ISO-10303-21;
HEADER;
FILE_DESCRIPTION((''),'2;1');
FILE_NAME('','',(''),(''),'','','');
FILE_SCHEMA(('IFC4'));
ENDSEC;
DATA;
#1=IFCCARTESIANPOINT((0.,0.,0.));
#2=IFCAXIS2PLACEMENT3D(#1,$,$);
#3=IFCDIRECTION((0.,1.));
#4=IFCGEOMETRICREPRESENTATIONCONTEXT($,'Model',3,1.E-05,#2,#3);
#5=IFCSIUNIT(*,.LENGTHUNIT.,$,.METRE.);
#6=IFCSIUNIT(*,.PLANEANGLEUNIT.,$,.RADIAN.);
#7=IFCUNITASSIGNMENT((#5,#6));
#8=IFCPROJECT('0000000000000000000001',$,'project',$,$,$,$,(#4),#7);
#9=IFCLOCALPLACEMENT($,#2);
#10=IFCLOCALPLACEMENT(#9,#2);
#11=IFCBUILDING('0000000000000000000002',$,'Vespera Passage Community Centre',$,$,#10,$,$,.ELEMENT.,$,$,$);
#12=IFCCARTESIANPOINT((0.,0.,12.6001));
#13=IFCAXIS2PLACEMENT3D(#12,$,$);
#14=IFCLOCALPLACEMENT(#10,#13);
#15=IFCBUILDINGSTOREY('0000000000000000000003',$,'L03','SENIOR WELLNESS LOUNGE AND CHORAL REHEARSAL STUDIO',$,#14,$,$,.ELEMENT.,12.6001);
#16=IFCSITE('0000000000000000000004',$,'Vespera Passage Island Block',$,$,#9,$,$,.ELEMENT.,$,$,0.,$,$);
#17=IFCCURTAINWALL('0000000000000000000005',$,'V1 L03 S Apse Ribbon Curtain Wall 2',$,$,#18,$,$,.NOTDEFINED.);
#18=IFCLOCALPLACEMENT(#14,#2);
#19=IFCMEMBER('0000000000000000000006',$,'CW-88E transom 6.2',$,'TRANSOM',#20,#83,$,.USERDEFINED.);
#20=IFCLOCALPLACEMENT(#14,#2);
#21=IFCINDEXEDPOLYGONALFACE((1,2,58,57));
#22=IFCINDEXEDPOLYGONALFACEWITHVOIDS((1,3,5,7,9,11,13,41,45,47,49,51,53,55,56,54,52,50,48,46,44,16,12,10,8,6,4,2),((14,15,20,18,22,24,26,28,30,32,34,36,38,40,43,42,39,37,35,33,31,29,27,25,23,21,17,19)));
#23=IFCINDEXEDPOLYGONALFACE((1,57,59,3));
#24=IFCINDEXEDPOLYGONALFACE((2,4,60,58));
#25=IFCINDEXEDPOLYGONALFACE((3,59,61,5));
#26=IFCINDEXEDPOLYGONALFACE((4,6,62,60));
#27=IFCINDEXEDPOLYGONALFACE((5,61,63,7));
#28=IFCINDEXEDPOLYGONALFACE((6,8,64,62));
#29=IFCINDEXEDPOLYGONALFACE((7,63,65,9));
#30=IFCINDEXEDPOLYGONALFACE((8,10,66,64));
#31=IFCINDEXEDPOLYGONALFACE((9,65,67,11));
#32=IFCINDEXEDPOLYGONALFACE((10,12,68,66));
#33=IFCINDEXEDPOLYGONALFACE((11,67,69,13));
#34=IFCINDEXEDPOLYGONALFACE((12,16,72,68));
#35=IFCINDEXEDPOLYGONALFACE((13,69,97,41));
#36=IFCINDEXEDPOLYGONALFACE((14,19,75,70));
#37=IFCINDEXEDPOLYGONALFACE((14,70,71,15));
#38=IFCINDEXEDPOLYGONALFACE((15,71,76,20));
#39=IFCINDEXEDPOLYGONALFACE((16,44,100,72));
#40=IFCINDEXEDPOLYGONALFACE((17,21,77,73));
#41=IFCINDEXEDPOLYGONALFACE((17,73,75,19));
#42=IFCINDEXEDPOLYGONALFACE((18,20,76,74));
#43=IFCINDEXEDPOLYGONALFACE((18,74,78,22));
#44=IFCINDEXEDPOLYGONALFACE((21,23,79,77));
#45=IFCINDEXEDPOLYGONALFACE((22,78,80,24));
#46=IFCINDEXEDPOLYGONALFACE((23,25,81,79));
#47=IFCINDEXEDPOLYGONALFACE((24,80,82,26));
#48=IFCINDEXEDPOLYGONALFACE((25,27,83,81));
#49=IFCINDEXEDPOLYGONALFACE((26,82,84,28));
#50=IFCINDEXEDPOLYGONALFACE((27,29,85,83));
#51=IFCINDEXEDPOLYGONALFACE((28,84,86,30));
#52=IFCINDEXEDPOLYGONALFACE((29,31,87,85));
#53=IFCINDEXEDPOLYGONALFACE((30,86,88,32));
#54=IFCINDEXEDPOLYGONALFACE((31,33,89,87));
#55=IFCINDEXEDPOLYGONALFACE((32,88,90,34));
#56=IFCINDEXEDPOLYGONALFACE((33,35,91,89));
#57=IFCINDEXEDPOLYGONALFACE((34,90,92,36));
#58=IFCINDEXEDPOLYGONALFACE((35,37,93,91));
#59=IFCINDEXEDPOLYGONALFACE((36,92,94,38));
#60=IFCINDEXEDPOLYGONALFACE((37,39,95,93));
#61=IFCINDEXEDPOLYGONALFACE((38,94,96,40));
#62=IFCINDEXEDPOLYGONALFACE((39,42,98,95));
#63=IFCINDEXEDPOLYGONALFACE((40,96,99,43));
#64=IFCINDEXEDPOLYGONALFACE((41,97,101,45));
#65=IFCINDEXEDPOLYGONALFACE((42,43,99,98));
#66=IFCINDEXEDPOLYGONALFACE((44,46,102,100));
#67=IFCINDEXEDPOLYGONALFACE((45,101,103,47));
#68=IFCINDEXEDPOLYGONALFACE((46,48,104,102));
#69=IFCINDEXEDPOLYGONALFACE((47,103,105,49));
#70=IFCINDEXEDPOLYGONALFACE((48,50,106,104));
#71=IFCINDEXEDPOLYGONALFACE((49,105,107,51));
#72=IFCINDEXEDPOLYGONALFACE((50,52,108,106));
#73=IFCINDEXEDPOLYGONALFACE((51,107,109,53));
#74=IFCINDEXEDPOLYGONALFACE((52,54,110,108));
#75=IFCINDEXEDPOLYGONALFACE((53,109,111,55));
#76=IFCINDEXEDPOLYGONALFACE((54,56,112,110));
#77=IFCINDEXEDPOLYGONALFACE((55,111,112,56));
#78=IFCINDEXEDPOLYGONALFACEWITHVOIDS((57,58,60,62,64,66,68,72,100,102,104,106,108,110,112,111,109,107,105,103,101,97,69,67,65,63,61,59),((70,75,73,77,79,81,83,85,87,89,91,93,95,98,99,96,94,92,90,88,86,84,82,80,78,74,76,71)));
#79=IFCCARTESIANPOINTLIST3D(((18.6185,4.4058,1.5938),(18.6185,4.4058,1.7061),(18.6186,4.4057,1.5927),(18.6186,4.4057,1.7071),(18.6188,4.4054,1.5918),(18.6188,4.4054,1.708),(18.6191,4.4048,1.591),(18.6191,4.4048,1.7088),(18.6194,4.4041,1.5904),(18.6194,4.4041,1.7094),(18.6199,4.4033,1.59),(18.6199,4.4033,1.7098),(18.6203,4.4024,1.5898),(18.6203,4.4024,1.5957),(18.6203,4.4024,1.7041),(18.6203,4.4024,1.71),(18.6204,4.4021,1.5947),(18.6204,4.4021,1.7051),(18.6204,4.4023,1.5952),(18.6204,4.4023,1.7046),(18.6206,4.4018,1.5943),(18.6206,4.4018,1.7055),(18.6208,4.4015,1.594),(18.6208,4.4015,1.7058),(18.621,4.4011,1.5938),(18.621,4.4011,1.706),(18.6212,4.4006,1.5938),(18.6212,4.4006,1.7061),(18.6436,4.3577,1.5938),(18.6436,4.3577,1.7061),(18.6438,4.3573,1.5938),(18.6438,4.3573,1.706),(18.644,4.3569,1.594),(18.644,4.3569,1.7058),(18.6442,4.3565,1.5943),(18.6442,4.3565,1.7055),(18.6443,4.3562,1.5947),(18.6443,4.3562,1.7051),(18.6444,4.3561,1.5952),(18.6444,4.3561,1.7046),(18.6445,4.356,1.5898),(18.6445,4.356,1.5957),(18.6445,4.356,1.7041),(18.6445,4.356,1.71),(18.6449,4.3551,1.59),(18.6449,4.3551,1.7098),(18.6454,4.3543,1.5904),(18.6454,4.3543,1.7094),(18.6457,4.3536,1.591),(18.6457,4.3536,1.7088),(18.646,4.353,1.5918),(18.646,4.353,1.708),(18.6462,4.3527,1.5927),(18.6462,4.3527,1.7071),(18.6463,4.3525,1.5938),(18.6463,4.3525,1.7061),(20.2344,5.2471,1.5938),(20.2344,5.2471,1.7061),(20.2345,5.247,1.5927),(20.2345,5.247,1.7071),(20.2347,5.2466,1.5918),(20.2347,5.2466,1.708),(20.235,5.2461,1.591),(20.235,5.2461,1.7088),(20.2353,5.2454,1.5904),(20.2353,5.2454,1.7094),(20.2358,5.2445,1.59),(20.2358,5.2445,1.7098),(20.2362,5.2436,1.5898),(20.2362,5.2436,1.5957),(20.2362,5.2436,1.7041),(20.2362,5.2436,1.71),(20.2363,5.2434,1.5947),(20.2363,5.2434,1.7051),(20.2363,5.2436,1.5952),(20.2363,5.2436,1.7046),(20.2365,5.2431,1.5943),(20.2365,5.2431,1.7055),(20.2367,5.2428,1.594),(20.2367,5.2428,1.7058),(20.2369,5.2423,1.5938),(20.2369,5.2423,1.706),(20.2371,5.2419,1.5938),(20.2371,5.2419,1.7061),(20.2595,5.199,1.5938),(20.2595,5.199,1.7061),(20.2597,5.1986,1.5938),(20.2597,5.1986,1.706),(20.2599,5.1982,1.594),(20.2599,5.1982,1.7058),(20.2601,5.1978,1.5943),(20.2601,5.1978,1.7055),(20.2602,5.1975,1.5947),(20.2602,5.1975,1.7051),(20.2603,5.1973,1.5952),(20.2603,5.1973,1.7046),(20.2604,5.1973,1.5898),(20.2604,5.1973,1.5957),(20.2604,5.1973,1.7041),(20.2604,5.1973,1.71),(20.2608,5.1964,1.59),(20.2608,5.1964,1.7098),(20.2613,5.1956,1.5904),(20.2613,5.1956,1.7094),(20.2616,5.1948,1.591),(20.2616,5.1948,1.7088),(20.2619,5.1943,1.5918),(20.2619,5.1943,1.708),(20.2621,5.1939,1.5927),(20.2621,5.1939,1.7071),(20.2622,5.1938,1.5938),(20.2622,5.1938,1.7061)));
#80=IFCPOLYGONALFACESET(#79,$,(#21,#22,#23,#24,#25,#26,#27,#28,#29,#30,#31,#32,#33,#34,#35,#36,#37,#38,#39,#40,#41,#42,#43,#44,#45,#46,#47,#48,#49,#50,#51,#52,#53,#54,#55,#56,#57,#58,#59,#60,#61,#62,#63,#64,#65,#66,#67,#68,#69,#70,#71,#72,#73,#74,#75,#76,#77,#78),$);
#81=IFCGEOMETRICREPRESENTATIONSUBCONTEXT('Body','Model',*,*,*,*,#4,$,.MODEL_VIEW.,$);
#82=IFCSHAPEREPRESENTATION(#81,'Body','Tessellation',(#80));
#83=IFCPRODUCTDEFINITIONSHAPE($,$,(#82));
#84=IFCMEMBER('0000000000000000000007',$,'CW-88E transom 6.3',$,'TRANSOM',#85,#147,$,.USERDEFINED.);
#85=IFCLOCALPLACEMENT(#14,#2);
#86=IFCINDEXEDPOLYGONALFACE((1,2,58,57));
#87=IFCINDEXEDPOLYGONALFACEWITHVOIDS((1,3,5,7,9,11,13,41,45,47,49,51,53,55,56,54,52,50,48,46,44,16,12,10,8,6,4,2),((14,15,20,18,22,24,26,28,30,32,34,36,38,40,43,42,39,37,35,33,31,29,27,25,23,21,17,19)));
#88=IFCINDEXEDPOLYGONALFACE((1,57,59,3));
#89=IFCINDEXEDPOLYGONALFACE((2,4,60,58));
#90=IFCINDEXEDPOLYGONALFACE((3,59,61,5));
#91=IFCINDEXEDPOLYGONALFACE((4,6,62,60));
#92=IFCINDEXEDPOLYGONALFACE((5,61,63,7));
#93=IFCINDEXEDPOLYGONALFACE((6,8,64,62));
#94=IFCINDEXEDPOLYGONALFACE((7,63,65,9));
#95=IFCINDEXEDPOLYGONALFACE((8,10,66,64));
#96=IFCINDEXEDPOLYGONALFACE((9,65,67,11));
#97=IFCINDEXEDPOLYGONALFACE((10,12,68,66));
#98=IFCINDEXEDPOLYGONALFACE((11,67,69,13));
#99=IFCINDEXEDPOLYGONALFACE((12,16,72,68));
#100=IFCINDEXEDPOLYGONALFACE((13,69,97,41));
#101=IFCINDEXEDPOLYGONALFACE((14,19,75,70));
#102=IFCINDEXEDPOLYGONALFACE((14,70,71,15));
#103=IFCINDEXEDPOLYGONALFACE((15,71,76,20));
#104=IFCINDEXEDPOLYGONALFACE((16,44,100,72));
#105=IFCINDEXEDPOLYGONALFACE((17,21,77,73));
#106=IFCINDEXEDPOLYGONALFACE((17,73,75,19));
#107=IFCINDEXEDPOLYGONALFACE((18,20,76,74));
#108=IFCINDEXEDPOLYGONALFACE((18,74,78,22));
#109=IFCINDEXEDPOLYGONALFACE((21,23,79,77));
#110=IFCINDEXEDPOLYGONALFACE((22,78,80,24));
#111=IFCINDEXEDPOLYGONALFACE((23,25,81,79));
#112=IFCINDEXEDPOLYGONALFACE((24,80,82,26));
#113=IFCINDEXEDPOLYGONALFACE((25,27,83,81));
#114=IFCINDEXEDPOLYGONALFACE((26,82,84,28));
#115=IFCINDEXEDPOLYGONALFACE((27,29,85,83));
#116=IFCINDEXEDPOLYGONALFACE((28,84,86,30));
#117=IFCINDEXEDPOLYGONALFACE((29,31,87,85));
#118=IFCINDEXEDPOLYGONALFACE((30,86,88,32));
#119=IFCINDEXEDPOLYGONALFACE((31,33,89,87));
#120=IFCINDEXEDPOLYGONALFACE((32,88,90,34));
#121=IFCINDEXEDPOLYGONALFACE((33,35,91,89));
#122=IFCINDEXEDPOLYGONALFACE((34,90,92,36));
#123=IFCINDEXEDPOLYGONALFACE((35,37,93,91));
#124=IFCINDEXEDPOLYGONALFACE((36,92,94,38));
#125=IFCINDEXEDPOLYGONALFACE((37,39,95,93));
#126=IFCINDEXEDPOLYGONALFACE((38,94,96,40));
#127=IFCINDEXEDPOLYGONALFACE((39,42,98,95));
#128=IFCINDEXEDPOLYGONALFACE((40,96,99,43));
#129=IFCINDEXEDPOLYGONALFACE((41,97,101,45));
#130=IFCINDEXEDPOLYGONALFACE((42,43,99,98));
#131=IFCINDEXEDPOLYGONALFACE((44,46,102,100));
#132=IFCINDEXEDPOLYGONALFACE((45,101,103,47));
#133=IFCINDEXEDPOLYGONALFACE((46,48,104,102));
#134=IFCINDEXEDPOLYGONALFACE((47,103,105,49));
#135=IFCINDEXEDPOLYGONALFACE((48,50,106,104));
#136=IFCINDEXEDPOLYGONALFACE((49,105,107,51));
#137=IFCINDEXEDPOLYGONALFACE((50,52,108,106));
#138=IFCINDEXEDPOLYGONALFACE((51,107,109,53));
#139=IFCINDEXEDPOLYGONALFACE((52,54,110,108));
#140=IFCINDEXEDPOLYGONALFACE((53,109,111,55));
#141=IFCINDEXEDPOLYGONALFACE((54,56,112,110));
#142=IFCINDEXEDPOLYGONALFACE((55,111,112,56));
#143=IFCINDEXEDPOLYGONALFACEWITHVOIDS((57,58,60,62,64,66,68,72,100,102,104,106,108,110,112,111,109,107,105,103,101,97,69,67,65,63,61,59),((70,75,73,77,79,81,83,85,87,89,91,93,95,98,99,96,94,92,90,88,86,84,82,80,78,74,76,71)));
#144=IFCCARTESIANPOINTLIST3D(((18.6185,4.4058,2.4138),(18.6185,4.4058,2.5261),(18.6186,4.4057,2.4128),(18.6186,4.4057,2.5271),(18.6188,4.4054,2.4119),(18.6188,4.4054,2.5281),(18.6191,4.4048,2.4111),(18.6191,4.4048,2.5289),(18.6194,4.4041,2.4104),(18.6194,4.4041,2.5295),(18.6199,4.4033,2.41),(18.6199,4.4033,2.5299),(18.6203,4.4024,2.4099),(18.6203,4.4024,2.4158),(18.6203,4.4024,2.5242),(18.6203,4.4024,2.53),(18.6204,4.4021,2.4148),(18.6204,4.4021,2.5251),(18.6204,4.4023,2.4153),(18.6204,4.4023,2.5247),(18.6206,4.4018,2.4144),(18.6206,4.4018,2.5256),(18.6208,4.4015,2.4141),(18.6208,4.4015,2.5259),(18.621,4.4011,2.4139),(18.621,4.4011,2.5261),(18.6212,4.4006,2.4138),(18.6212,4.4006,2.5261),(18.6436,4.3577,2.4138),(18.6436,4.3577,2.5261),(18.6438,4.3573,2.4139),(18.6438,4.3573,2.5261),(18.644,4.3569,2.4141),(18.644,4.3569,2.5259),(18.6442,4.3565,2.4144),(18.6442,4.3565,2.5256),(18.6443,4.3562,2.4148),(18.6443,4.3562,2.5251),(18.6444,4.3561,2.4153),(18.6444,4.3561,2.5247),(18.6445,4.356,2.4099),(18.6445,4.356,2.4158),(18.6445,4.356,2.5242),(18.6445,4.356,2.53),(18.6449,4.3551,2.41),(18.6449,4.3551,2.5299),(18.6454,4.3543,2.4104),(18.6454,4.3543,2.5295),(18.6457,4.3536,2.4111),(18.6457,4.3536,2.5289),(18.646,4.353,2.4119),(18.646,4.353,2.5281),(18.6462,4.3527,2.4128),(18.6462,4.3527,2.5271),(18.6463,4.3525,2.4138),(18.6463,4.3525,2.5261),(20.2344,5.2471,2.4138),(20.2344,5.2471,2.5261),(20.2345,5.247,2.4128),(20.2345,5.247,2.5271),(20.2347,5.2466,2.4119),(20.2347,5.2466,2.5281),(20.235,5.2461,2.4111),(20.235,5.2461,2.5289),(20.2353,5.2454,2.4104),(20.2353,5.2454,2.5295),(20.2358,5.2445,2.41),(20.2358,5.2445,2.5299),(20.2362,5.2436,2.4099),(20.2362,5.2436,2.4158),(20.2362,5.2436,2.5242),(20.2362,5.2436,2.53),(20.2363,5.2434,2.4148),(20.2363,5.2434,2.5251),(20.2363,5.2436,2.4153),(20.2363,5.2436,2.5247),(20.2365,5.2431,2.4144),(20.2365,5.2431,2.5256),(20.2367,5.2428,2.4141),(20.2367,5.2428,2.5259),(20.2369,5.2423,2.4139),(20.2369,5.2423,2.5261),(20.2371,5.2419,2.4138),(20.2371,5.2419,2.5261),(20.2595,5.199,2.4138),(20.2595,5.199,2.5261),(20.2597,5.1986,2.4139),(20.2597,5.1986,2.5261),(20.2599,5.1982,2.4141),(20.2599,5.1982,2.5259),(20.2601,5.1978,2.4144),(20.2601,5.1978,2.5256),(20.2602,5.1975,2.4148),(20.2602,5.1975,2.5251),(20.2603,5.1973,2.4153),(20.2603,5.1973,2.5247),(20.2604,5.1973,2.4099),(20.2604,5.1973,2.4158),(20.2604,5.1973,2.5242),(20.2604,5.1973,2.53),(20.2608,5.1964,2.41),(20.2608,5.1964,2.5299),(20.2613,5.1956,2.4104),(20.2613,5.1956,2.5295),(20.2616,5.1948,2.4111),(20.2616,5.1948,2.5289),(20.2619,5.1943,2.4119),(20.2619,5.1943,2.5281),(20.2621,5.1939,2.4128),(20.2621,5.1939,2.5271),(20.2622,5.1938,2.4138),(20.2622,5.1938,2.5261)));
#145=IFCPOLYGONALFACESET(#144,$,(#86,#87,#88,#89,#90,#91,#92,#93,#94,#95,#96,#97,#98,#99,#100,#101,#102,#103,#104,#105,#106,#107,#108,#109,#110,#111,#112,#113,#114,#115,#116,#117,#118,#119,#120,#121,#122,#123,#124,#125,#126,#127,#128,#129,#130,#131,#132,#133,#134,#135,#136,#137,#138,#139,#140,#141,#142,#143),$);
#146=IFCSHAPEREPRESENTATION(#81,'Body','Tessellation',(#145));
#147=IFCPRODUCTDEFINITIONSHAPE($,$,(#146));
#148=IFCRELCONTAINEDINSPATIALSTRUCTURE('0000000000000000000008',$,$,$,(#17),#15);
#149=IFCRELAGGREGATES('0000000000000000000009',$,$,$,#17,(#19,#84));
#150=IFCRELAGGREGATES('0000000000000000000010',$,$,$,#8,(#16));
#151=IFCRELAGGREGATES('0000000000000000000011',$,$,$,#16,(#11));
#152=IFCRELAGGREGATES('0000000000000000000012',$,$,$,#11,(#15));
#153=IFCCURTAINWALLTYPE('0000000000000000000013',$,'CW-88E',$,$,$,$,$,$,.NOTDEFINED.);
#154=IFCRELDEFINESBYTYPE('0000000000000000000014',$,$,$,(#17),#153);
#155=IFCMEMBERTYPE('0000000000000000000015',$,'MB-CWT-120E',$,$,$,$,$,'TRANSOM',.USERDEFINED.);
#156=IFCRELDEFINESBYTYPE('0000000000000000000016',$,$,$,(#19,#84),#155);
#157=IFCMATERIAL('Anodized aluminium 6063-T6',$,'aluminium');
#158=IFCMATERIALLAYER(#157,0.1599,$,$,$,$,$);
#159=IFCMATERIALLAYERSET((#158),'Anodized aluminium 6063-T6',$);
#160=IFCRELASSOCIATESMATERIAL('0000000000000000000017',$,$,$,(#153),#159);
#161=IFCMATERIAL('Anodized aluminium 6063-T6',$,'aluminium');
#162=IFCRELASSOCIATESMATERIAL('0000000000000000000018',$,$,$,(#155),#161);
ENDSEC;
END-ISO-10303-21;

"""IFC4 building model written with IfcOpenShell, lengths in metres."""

from ifc_helpers import new_model, si_unit, direction, frame, origin, origin_2d, place, context, subcontext, project, spatial, hollow_rectangle, extrude, material, layer, layer_set, material_profile, profile_set, type_object, element, aggregate, save


model = new_model("IFC4")

# Units and contexts
model_context = context("Model", 3, precision=1e-05, world=origin(), true_north=direction((0.0, 1.0)))
body_context = subcontext(model_context, "Body", "Model", "MODEL_VIEW")
ifc_project = project(units=[si_unit("LENGTHUNIT", "METRE"), si_unit("PLANEANGLEUNIT", "RADIAN")], contexts=[model_context])

# Site, building, storey
site_placement = place(None, origin())
site = spatial("IfcSite", under=ifc_project, at=site_placement, Name="Vespera Passage Island Block", CompositionType="ELEMENT", RefElevation=0.0)
building_placement = place(site_placement, origin())
building = spatial("IfcBuilding", under=site, at=building_placement, Name="Vespera Passage Community Centre", CompositionType="ELEMENT")
storey_placement = place(building_placement, frame((0.0, 0.0, 12.6001)))
storey = spatial("IfcBuildingStorey", under=building, at=storey_placement, Name="L03", Description="SENIOR WELLNESS LOUNGE AND CHORAL REHEARSAL STUDIO", CompositionType="ELEMENT", Elevation=12.6001)

# Curtain wall
ifc_material_1 = material(Name="Anodized aluminium 6063-T6", Category="aluminium")
ifc_layer_1 = layer(ifc_material_1, 0.1599)
ifc_layer_set_1 = layer_set([ifc_layer_1], Name="Anodized aluminium 6063-T6")
curtain_wall_type = type_object("IfcCurtainWallType", Name="CW-88E", PredefinedType="NOTDEFINED", material=ifc_layer_set_1)
curtain_wall_1_placement = place(storey_placement, origin())
curtain_wall_1 = element("IfcCurtainWall", 1, at=curtain_wall_1_placement, inside=storey, type_object=curtain_wall_type, Name="V1 L03 S Apse Ribbon Curtain Wall 2", PredefinedType="NOTDEFINED")

# Members
ifc_material_2 = material(Name="Anodized aluminium 6063-T6", Category="aluminium")
ifc_material_profile_1 = material_profile(ifc_material_2, hollow_rectangle(XDim=0.0601, YDim=0.1201, WallThickness=0.0039, InnerFilletRadius=0.002, OuterFilletRadius=0.0039, at=origin_2d()), Name="ALU120X60X4")
ifc_profile_set_1 = profile_set([ifc_material_profile_1], Name="Anodized aluminium 6063-T6")
member_type_1 = type_object("IfcMemberType", Name="MB-CWT-120E", ElementType="TRANSOM", PredefinedType="USERDEFINED", material=ifc_profile_set_1)
member_1_placement = place(storey_placement, frame((20.2483, 5.2205, 1.6499), z_axis=(-0.886991, -0.461787, 0.0), x_axis=(0.461787, -0.886991, 0.0)))
member_1 = element("IfcMember", 2, at=member_1_placement, type_object=member_type_1, Name="CW-88E transom 6.2", ObjectType="TRANSOM", PredefinedType="USERDEFINED", context=body_context, shape_type="SweptSolid", body=[
    extrude(hollow_rectangle(XDim=0.0601, YDim=0.1201, WallThickness=0.0039, InnerFilletRadius=0.002, OuterFilletRadius=0.0039, at=origin_2d()), origin(), (0.0, 0.0, 1.0), 1.8218),
])
member_2_placement = place(storey_placement, frame((20.2483, 5.2205, 2.47), z_axis=(-0.886991, -0.461787, 0.0), x_axis=(0.461787, -0.886991, 0.0)))
member_2 = element("IfcMember", 3, at=member_2_placement, type_object=member_type_1, Name="CW-88E transom 6.3", ObjectType="TRANSOM", PredefinedType="USERDEFINED", context=body_context, shape_type="SweptSolid", body=[
    extrude(hollow_rectangle(XDim=0.0601, YDim=0.1201, WallThickness=0.0039, InnerFilletRadius=0.002, OuterFilletRadius=0.0039, at=origin_2d()), origin(), (0.0, 0.0, 1.0), 1.8218),
])

aggregate(curtain_wall_1, [member_1, member_2])

save(model, "model.ifc")
